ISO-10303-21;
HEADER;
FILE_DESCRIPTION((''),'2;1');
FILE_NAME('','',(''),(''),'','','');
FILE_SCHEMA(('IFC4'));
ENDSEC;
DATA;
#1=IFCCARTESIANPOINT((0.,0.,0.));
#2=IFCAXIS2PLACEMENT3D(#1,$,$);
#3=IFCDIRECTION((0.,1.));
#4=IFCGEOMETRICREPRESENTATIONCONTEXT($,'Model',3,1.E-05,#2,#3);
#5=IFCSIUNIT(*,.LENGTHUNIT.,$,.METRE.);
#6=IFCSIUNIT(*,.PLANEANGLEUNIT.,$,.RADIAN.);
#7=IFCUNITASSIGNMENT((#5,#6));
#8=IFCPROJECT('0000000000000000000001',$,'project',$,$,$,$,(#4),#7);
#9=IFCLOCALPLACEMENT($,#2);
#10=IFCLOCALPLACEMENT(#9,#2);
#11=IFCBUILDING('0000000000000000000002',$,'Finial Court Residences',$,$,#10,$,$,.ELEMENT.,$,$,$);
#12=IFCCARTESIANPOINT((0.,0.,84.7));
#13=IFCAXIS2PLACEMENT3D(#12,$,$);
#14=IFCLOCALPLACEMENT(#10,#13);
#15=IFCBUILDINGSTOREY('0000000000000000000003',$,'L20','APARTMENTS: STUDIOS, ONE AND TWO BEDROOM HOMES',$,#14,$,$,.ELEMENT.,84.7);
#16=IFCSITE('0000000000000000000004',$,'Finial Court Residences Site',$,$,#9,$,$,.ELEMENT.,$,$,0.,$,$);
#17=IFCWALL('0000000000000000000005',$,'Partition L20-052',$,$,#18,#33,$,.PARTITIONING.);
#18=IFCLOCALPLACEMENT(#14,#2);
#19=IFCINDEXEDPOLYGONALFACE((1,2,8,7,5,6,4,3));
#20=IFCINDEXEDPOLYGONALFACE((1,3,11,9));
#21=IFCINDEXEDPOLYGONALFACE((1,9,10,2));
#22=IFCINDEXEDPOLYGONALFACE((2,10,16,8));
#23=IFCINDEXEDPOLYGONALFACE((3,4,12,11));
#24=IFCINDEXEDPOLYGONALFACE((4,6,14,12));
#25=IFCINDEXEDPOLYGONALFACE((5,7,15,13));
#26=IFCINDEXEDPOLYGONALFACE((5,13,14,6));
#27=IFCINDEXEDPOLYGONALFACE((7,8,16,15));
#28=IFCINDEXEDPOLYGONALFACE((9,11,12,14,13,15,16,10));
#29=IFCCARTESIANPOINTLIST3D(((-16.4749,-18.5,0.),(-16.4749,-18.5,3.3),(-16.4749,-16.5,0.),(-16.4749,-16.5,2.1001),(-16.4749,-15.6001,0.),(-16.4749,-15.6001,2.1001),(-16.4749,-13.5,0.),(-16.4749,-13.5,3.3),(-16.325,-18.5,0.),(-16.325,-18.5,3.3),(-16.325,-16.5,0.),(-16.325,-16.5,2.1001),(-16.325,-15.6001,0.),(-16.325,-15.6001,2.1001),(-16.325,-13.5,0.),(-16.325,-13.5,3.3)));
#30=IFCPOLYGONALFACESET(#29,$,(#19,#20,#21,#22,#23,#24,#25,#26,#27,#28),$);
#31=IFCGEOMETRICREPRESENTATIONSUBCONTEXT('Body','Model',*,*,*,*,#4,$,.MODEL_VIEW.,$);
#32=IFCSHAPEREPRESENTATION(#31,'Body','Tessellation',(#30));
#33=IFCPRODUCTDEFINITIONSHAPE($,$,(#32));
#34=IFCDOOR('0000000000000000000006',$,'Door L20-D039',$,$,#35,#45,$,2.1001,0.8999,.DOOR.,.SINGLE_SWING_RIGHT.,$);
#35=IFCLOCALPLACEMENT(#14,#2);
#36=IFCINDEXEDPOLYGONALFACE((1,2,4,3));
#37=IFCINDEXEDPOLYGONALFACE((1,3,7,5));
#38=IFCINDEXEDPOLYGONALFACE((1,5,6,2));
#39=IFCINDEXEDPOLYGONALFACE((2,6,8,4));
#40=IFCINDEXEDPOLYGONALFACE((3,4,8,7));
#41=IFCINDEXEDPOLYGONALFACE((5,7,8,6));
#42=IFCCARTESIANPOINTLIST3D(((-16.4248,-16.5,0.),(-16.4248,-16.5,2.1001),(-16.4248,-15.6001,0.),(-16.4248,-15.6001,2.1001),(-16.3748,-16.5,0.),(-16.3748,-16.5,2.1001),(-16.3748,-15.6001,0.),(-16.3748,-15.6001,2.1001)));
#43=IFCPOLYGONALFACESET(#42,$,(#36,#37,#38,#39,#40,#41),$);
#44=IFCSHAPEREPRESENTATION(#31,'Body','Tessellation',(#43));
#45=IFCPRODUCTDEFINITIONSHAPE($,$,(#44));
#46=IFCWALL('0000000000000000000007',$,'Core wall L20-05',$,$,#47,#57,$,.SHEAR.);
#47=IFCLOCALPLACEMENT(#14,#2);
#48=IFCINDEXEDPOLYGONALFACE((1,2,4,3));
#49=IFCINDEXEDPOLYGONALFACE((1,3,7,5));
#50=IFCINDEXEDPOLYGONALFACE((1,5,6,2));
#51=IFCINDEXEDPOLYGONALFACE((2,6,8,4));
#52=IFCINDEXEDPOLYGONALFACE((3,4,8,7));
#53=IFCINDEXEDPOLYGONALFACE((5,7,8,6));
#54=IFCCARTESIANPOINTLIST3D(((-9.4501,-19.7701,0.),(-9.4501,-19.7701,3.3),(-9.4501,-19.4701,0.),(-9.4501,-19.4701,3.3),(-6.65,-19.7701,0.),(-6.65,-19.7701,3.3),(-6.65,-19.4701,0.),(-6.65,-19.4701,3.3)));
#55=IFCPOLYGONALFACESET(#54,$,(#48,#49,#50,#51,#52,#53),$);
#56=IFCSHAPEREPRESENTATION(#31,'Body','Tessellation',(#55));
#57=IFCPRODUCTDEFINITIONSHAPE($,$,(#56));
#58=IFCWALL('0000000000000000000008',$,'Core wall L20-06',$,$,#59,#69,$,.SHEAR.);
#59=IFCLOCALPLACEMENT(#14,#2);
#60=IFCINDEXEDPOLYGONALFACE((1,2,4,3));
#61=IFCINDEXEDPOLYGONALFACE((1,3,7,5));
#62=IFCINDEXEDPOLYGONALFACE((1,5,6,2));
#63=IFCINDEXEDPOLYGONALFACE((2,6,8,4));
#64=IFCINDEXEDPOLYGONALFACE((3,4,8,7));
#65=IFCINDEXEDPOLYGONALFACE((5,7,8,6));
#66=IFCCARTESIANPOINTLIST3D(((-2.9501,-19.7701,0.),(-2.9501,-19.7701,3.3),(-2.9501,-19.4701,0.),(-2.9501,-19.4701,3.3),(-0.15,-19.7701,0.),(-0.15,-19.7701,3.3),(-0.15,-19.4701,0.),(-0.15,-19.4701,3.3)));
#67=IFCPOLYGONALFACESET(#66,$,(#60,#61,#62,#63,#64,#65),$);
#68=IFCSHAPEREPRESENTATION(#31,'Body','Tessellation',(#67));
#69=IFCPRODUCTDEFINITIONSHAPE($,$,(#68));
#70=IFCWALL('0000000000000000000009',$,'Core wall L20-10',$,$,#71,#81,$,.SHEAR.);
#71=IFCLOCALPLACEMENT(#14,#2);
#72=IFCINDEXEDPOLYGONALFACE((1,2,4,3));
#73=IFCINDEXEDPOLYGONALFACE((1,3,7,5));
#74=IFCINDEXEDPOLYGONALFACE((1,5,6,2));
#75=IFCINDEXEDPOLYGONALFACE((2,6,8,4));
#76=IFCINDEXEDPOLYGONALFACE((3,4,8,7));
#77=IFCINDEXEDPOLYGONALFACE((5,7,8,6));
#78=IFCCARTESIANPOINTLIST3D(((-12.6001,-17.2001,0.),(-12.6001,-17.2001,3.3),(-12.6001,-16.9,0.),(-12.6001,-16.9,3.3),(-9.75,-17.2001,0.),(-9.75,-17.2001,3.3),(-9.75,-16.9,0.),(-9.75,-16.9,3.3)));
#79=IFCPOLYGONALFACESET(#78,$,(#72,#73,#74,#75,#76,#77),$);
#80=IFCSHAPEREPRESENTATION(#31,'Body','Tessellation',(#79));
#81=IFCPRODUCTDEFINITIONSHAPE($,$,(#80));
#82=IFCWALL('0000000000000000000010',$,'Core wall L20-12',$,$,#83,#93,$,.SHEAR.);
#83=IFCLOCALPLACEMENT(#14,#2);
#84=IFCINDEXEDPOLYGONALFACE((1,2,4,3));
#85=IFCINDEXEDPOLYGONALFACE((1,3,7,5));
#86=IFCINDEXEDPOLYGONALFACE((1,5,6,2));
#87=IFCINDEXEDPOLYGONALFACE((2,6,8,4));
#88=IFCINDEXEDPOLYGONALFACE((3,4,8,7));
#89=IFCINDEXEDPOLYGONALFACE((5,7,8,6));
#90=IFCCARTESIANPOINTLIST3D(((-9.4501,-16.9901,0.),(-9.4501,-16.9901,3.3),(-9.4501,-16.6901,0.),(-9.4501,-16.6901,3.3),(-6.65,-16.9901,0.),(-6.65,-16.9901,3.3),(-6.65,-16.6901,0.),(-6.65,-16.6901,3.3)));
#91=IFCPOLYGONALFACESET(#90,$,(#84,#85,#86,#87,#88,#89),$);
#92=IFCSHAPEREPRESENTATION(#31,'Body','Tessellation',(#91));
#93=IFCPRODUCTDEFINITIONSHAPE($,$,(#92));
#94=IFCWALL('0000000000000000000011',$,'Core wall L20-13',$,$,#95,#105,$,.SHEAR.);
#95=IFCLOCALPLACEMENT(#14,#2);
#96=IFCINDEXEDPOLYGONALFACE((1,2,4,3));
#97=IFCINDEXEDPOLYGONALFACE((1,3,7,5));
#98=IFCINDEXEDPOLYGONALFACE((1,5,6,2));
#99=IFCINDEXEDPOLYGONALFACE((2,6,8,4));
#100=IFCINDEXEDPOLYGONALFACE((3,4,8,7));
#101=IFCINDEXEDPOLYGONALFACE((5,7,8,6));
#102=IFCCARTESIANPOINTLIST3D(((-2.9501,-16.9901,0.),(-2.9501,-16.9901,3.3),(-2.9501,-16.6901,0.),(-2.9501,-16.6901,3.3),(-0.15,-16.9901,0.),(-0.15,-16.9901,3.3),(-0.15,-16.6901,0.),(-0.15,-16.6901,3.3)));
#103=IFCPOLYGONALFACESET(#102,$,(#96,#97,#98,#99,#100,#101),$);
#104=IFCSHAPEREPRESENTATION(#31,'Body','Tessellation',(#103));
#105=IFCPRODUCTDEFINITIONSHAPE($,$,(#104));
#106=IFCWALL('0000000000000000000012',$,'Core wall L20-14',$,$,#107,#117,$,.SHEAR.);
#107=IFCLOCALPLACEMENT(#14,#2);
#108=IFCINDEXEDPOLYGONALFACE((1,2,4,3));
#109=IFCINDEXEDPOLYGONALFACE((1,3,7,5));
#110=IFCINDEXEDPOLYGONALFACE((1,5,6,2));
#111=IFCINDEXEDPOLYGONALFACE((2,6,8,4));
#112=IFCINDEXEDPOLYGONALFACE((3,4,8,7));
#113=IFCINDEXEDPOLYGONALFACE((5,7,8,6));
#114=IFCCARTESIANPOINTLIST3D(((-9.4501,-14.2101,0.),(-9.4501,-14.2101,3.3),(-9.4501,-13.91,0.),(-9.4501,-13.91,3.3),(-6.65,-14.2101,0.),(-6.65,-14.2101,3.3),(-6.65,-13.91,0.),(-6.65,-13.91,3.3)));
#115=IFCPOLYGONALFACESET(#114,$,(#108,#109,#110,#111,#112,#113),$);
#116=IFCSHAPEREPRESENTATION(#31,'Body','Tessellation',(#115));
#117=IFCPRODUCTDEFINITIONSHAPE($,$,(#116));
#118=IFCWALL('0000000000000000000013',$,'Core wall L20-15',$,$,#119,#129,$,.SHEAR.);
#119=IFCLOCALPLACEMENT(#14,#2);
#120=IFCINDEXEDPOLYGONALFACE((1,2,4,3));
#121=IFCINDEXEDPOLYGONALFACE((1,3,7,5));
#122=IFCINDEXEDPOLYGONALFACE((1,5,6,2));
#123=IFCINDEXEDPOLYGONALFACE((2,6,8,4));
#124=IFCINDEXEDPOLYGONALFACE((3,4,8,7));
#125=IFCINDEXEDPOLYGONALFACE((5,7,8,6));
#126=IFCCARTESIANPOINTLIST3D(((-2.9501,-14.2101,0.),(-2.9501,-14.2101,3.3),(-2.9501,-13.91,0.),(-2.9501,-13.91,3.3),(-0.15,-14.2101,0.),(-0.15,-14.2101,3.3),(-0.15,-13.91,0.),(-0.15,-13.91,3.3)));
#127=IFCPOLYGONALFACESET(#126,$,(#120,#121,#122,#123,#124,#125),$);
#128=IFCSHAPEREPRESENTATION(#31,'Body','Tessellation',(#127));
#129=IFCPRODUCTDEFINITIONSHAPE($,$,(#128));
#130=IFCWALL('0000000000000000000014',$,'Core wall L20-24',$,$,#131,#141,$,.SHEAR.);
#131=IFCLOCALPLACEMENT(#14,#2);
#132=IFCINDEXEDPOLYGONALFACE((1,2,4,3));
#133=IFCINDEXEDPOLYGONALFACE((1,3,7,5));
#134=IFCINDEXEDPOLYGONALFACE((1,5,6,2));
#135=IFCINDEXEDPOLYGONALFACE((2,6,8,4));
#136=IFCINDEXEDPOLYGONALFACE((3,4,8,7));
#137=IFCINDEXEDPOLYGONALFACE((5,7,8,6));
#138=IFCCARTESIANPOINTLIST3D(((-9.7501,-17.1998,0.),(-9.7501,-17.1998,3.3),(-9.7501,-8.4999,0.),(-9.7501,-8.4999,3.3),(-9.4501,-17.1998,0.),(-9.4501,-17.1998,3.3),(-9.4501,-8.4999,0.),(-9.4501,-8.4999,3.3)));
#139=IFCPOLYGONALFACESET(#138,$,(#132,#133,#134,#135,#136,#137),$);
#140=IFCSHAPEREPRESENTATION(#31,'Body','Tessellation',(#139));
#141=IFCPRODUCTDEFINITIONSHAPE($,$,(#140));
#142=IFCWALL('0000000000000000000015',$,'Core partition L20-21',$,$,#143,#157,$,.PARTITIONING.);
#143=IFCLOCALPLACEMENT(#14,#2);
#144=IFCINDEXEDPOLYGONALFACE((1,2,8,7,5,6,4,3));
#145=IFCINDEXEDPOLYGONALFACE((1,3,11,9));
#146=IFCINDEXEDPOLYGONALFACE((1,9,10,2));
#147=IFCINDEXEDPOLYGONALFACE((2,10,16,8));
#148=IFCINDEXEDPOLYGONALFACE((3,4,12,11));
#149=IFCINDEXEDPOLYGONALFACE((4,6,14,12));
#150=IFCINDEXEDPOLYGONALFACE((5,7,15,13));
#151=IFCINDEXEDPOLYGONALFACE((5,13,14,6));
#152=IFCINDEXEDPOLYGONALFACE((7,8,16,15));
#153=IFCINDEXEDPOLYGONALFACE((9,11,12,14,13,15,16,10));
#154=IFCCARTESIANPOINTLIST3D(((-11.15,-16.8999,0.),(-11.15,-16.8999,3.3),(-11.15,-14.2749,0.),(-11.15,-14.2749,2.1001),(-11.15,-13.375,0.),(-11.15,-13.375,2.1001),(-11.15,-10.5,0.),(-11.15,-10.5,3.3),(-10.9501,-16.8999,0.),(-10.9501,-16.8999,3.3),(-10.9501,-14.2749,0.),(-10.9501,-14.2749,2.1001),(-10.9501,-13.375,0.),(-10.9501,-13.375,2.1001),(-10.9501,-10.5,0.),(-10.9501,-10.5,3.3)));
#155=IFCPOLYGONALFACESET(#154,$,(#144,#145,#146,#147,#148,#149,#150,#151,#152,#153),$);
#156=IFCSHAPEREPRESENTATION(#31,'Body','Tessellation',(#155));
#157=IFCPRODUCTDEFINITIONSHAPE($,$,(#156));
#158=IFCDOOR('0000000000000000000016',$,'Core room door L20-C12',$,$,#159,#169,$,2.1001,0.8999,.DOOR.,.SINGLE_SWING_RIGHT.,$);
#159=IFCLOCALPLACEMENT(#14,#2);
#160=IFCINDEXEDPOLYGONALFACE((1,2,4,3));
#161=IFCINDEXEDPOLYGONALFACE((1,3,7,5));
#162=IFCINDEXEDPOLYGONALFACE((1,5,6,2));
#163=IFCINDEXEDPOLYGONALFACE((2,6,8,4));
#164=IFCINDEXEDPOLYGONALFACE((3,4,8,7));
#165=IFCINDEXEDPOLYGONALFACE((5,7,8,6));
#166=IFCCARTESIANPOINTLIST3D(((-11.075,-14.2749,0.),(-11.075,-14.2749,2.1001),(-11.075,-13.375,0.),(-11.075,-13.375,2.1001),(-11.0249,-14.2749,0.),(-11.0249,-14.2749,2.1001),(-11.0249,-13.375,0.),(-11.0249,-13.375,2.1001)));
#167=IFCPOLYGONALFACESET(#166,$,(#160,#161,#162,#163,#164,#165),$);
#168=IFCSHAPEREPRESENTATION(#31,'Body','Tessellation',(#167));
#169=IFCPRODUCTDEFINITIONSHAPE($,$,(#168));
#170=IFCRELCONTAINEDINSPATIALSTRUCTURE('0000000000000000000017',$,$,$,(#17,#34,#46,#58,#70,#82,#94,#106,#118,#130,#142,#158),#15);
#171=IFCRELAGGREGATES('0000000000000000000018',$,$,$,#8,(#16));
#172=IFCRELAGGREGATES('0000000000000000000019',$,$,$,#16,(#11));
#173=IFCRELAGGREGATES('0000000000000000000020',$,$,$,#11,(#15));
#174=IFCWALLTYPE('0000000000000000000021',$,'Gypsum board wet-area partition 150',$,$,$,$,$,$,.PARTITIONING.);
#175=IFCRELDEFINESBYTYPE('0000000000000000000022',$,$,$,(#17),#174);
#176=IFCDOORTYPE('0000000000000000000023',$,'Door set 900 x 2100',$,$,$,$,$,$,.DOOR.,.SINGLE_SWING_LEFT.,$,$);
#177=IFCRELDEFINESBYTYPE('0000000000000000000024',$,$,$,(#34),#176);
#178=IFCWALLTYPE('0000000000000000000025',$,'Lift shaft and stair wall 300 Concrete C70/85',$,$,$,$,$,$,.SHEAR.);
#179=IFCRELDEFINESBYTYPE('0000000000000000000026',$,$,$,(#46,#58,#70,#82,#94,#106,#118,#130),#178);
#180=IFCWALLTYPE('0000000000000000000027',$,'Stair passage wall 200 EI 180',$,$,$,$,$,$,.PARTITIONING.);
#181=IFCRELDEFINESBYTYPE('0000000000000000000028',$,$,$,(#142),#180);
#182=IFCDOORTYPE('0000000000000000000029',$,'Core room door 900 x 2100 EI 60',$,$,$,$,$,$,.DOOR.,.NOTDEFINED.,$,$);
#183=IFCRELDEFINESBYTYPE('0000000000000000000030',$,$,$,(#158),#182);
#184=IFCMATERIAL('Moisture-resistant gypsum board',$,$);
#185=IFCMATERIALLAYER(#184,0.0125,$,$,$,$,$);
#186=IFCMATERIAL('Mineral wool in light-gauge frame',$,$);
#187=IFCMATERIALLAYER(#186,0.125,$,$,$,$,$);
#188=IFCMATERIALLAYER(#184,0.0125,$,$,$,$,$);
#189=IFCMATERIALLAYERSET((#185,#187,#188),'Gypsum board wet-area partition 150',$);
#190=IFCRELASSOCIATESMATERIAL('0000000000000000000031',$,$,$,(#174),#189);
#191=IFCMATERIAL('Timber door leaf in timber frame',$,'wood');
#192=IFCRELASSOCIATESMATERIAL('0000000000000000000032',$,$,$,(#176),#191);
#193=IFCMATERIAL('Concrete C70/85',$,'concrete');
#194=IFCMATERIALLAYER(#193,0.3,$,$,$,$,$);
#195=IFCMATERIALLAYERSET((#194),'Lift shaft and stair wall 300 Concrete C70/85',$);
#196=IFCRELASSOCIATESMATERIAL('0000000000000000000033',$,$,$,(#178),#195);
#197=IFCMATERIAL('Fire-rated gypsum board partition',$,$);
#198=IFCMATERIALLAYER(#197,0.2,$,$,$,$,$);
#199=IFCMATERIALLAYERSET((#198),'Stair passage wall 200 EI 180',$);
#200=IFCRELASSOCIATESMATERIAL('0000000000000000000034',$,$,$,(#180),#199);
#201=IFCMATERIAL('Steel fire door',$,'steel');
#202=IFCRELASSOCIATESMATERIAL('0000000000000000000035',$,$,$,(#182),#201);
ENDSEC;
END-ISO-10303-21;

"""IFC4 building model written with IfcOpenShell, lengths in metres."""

from ifc_helpers import new_model, si_unit, direction, frame, frame_2d, origin, place, context, subcontext, project, spatial, rectangle, extrude, material, layer, layer_set, type_object, element, fill, save


model = new_model("IFC4")

# Units and contexts
model_context = context("Model", 3, precision=1e-05, world=origin(), true_north=direction((0.0, 1.0)))
body_context = subcontext(model_context, "Body", "Model", "MODEL_VIEW")
ifc_project = project(units=[si_unit("LENGTHUNIT", "METRE"), si_unit("PLANEANGLEUNIT", "RADIAN")], contexts=[model_context])

# Site, building, storey
site_placement = place(None, origin())
site = spatial("IfcSite", under=ifc_project, at=site_placement, Name="Finial Court Residences Site", CompositionType="ELEMENT", RefElevation=0.0)
building_placement = place(site_placement, origin())
building = spatial("IfcBuilding", under=site, at=building_placement, Name="Finial Court Residences", CompositionType="ELEMENT")
storey_placement = place(building_placement, frame((0.0, 0.0, 84.7)))
storey = spatial("IfcBuildingStorey", under=building, at=storey_placement, Name="L20", Description="APARTMENTS: STUDIOS, ONE AND TWO BEDROOM HOMES", CompositionType="ELEMENT", Elevation=84.7)

# Wall, opening, door
ifc_material_1 = material(Name="Moisture-resistant gypsum board")
ifc_layer_1 = layer(ifc_material_1, 0.0125)
ifc_material_2 = material(Name="Mineral wool in light-gauge frame")
ifc_layer_2 = layer(ifc_material_2, 0.125)
ifc_layer_3 = layer(ifc_material_1, 0.0125)
ifc_layer_set_1 = layer_set([ifc_layer_1, ifc_layer_2, ifc_layer_3], Name="Gypsum board wet-area partition 150")
wall_type_1 = type_object("IfcWallType", Name="Gypsum board wet-area partition 150", PredefinedType="PARTITIONING", material=ifc_layer_set_1)
wall_1_placement = place(storey_placement, frame((-16.3999, -18.5, 0.0), z_axis=(0.0, 0.0, 1.0), x_axis=(0.0, 1.0, 0.0)))
wall_1 = element("IfcWall", 1, at=wall_1_placement, inside=storey, type_object=wall_type_1, Name="Partition L20-052", PredefinedType="PARTITIONING", context=body_context, shape_type="SweptSolid", body=[
    extrude(rectangle(XDim=5.0, YDim=0.1499, at=frame_2d((2.5, 0.0))), origin(), (0.0, 0.0, 1.0), 3.3),
])
opening_1_placement = place(wall_1_placement, frame((2.0, 0.0, 0.0)))
opening_1 = element("IfcOpeningElement", 2, at=opening_1_placement, cuts=wall_1, PredefinedType="OPENING", context=body_context, shape_type="SweptSolid", body=[
    extrude(rectangle(XDim=0.8999, YDim=2.1001, at=frame_2d((0.45, 1.05))), frame((0.0, 0.085, 0.0), z_axis=(0.0, -1.0, 0.0), x_axis=(1.0, 0.0, 0.0)), (0.0, 0.0, 1.0), 0.1699),
])
ifc_material_3 = material(Name="Timber door leaf in timber frame", Category="wood")
door_type_1 = type_object("IfcDoorType", Name="Door set 900 x 2100", OperationType="SINGLE_SWING_LEFT", PredefinedType="DOOR", material=ifc_material_3)
door_1_placement = place(opening_1_placement, origin())
door_1 = element("IfcDoor", 3, at=door_1_placement, inside=storey, type_object=door_type_1, Name="Door L20-D039", OperationType="SINGLE_SWING_RIGHT", OverallHeight=2.1001, OverallWidth=0.8999, PredefinedType="DOOR", context=body_context, shape_type="SweptSolid", body=[
    extrude(rectangle(XDim=0.8999, YDim=2.1001, at=frame_2d((0.45, 1.05))), frame((0.0, 0.0249, 0.0), z_axis=(0.0, -1.0, 0.0), x_axis=(1.0, 0.0, 0.0)), (0.0, 0.0, 1.0), 0.05),
])
fill(opening_1, door_1)

# Walls
ifc_material_4 = material(Name="Concrete C70/85", Category="concrete")
ifc_layer_4 = layer(ifc_material_4, 0.3)
ifc_layer_set_2 = layer_set([ifc_layer_4], Name="Lift shaft and stair wall 300 Concrete C70/85")
wall_type_2 = type_object("IfcWallType", Name="Lift shaft and stair wall 300 Concrete C70/85", PredefinedType="SHEAR", material=ifc_layer_set_2)
for number, where, z_axis, x_axis, name in (
    (4, (-9.45, -19.6201, 0.0), (0.0, 0.0, 1.0), (1.0, 0.0, 0.0), "Core wall L20-05"),
    (5, (-2.95, -19.6201, 0.0), (0.0, 0.0, 1.0), (1.0, 0.0, 0.0), "Core wall L20-06"),
):
    element("IfcWall", number, at=place(storey_placement, frame(where, z_axis=z_axis, x_axis=x_axis)), inside=storey, type_object=wall_type_2, Name=name, PredefinedType="SHEAR", context=body_context, shape_type="SweptSolid", body=[
        extrude(rectangle(XDim=2.8, YDim=0.3, at=frame_2d((1.3999, 0.0))), origin(), (0.0, 0.0, 1.0), 3.3),
    ])
wall_2_placement = place(storey_placement, frame((-12.6001, -17.05, 0.0), z_axis=(0.0, 0.0, 1.0), x_axis=(1.0, 0.0, 0.0)))
element("IfcWall", 6, at=wall_2_placement, inside=storey, type_object=wall_type_2, Name="Core wall L20-10", PredefinedType="SHEAR", context=body_context, shape_type="SweptSolid", body=[
    extrude(rectangle(XDim=2.8501, YDim=0.3, at=frame_2d((1.425, 0.0))), origin(), (0.0, 0.0, 1.0), 3.3),
])
for number, where, z_axis, x_axis, name in (
    (7, (-9.45, -16.8401, 0.0), (0.0, 0.0, 1.0), (1.0, 0.0, 0.0), "Core wall L20-12"),
    (8, (-2.95, -16.8401, 0.0), (0.0, 0.0, 1.0), (1.0, 0.0, 0.0), "Core wall L20-13"),
    (9, (-9.45, -14.0601, 0.0), (0.0, 0.0, 1.0), (1.0, 0.0, 0.0), "Core wall L20-14"),
    (10, (-2.95, -14.0601, 0.0), (0.0, 0.0, 1.0), (1.0, 0.0, 0.0), "Core wall L20-15"),
):
    element("IfcWall", number, at=place(storey_placement, frame(where, z_axis=z_axis, x_axis=x_axis)), inside=storey, type_object=wall_type_2, Name=name, PredefinedType="SHEAR", context=body_context, shape_type="SweptSolid", body=[
        extrude(rectangle(XDim=2.8, YDim=0.3, at=frame_2d((1.3999, 0.0))), origin(), (0.0, 0.0, 1.0), 3.3),
    ])
wall_3_placement = place(storey_placement, frame((-9.6001, -17.2, 0.0), z_axis=(0.0, 0.0, 1.0), x_axis=(0.0, 1.0, 0.0)))
element("IfcWall", 11, at=wall_3_placement, inside=storey, type_object=wall_type_2, Name="Core wall L20-24", PredefinedType="SHEAR", context=body_context, shape_type="SweptSolid", body=[
    extrude(rectangle(XDim=8.7, YDim=0.3, at=frame_2d((4.3501, 0.0))), origin(), (0.0, 0.0, 1.0), 3.3),
])

# Wall, opening, door
ifc_material_5 = material(Name="Fire-rated gypsum board partition")
ifc_layer_5 = layer(ifc_material_5, 0.2)
ifc_layer_set_3 = layer_set([ifc_layer_5], Name="Stair passage wall 200 EI 180")
wall_type_3 = type_object("IfcWallType", Name="Stair passage wall 200 EI 180", PredefinedType="PARTITIONING", material=ifc_layer_set_3)
wall_4_placement = place(storey_placement, frame((-11.05, -16.8999, 0.0), z_axis=(0.0, 0.0, 1.0), x_axis=(0.0, 1.0, 0.0)))
wall_4 = element("IfcWall", 12, at=wall_4_placement, inside=storey, type_object=wall_type_3, Name="Core partition L20-21", PredefinedType="PARTITIONING", context=body_context, shape_type="SweptSolid", body=[
    extrude(rectangle(XDim=6.3999, YDim=0.2, at=frame_2d((3.2, 0.0))), origin(), (0.0, 0.0, 1.0), 3.3),
])
opening_2_placement = place(wall_4_placement, frame((2.625, 0.0, 0.0)))
opening_2 = element("IfcOpeningElement", 13, at=opening_2_placement, cuts=wall_4, PredefinedType="OPENING", context=body_context, shape_type="SweptSolid", body=[
    extrude(rectangle(XDim=0.8999, YDim=2.1001, at=frame_2d((0.45, 1.05))), frame((0.0, 0.1099, 0.0), z_axis=(0.0, -1.0, 0.0), x_axis=(1.0, 0.0, 0.0)), (0.0, 0.0, 1.0), 0.22),
])
ifc_material_6 = material(Name="Steel fire door", Category="steel")
door_type_2 = type_object("IfcDoorType", Name="Core room door 900 x 2100 EI 60", OperationType="NOTDEFINED", PredefinedType="DOOR", material=ifc_material_6)
door_2_placement = place(opening_2_placement, origin())
door_2 = element("IfcDoor", 14, at=door_2_placement, inside=storey, type_object=door_type_2, Name="Core room door L20-C12", OperationType="SINGLE_SWING_RIGHT", OverallHeight=2.1001, OverallWidth=0.8999, PredefinedType="DOOR", context=body_context, shape_type="SweptSolid", body=[
    extrude(rectangle(XDim=0.8999, YDim=2.1001, at=frame_2d((0.45, 1.05))), frame((0.0, 0.0249, 0.0), z_axis=(0.0, -1.0, 0.0), x_axis=(1.0, 0.0, 0.0)), (0.0, 0.0, 1.0), 0.05),
])
fill(opening_2, door_2)

save(model, "model.ifc")
